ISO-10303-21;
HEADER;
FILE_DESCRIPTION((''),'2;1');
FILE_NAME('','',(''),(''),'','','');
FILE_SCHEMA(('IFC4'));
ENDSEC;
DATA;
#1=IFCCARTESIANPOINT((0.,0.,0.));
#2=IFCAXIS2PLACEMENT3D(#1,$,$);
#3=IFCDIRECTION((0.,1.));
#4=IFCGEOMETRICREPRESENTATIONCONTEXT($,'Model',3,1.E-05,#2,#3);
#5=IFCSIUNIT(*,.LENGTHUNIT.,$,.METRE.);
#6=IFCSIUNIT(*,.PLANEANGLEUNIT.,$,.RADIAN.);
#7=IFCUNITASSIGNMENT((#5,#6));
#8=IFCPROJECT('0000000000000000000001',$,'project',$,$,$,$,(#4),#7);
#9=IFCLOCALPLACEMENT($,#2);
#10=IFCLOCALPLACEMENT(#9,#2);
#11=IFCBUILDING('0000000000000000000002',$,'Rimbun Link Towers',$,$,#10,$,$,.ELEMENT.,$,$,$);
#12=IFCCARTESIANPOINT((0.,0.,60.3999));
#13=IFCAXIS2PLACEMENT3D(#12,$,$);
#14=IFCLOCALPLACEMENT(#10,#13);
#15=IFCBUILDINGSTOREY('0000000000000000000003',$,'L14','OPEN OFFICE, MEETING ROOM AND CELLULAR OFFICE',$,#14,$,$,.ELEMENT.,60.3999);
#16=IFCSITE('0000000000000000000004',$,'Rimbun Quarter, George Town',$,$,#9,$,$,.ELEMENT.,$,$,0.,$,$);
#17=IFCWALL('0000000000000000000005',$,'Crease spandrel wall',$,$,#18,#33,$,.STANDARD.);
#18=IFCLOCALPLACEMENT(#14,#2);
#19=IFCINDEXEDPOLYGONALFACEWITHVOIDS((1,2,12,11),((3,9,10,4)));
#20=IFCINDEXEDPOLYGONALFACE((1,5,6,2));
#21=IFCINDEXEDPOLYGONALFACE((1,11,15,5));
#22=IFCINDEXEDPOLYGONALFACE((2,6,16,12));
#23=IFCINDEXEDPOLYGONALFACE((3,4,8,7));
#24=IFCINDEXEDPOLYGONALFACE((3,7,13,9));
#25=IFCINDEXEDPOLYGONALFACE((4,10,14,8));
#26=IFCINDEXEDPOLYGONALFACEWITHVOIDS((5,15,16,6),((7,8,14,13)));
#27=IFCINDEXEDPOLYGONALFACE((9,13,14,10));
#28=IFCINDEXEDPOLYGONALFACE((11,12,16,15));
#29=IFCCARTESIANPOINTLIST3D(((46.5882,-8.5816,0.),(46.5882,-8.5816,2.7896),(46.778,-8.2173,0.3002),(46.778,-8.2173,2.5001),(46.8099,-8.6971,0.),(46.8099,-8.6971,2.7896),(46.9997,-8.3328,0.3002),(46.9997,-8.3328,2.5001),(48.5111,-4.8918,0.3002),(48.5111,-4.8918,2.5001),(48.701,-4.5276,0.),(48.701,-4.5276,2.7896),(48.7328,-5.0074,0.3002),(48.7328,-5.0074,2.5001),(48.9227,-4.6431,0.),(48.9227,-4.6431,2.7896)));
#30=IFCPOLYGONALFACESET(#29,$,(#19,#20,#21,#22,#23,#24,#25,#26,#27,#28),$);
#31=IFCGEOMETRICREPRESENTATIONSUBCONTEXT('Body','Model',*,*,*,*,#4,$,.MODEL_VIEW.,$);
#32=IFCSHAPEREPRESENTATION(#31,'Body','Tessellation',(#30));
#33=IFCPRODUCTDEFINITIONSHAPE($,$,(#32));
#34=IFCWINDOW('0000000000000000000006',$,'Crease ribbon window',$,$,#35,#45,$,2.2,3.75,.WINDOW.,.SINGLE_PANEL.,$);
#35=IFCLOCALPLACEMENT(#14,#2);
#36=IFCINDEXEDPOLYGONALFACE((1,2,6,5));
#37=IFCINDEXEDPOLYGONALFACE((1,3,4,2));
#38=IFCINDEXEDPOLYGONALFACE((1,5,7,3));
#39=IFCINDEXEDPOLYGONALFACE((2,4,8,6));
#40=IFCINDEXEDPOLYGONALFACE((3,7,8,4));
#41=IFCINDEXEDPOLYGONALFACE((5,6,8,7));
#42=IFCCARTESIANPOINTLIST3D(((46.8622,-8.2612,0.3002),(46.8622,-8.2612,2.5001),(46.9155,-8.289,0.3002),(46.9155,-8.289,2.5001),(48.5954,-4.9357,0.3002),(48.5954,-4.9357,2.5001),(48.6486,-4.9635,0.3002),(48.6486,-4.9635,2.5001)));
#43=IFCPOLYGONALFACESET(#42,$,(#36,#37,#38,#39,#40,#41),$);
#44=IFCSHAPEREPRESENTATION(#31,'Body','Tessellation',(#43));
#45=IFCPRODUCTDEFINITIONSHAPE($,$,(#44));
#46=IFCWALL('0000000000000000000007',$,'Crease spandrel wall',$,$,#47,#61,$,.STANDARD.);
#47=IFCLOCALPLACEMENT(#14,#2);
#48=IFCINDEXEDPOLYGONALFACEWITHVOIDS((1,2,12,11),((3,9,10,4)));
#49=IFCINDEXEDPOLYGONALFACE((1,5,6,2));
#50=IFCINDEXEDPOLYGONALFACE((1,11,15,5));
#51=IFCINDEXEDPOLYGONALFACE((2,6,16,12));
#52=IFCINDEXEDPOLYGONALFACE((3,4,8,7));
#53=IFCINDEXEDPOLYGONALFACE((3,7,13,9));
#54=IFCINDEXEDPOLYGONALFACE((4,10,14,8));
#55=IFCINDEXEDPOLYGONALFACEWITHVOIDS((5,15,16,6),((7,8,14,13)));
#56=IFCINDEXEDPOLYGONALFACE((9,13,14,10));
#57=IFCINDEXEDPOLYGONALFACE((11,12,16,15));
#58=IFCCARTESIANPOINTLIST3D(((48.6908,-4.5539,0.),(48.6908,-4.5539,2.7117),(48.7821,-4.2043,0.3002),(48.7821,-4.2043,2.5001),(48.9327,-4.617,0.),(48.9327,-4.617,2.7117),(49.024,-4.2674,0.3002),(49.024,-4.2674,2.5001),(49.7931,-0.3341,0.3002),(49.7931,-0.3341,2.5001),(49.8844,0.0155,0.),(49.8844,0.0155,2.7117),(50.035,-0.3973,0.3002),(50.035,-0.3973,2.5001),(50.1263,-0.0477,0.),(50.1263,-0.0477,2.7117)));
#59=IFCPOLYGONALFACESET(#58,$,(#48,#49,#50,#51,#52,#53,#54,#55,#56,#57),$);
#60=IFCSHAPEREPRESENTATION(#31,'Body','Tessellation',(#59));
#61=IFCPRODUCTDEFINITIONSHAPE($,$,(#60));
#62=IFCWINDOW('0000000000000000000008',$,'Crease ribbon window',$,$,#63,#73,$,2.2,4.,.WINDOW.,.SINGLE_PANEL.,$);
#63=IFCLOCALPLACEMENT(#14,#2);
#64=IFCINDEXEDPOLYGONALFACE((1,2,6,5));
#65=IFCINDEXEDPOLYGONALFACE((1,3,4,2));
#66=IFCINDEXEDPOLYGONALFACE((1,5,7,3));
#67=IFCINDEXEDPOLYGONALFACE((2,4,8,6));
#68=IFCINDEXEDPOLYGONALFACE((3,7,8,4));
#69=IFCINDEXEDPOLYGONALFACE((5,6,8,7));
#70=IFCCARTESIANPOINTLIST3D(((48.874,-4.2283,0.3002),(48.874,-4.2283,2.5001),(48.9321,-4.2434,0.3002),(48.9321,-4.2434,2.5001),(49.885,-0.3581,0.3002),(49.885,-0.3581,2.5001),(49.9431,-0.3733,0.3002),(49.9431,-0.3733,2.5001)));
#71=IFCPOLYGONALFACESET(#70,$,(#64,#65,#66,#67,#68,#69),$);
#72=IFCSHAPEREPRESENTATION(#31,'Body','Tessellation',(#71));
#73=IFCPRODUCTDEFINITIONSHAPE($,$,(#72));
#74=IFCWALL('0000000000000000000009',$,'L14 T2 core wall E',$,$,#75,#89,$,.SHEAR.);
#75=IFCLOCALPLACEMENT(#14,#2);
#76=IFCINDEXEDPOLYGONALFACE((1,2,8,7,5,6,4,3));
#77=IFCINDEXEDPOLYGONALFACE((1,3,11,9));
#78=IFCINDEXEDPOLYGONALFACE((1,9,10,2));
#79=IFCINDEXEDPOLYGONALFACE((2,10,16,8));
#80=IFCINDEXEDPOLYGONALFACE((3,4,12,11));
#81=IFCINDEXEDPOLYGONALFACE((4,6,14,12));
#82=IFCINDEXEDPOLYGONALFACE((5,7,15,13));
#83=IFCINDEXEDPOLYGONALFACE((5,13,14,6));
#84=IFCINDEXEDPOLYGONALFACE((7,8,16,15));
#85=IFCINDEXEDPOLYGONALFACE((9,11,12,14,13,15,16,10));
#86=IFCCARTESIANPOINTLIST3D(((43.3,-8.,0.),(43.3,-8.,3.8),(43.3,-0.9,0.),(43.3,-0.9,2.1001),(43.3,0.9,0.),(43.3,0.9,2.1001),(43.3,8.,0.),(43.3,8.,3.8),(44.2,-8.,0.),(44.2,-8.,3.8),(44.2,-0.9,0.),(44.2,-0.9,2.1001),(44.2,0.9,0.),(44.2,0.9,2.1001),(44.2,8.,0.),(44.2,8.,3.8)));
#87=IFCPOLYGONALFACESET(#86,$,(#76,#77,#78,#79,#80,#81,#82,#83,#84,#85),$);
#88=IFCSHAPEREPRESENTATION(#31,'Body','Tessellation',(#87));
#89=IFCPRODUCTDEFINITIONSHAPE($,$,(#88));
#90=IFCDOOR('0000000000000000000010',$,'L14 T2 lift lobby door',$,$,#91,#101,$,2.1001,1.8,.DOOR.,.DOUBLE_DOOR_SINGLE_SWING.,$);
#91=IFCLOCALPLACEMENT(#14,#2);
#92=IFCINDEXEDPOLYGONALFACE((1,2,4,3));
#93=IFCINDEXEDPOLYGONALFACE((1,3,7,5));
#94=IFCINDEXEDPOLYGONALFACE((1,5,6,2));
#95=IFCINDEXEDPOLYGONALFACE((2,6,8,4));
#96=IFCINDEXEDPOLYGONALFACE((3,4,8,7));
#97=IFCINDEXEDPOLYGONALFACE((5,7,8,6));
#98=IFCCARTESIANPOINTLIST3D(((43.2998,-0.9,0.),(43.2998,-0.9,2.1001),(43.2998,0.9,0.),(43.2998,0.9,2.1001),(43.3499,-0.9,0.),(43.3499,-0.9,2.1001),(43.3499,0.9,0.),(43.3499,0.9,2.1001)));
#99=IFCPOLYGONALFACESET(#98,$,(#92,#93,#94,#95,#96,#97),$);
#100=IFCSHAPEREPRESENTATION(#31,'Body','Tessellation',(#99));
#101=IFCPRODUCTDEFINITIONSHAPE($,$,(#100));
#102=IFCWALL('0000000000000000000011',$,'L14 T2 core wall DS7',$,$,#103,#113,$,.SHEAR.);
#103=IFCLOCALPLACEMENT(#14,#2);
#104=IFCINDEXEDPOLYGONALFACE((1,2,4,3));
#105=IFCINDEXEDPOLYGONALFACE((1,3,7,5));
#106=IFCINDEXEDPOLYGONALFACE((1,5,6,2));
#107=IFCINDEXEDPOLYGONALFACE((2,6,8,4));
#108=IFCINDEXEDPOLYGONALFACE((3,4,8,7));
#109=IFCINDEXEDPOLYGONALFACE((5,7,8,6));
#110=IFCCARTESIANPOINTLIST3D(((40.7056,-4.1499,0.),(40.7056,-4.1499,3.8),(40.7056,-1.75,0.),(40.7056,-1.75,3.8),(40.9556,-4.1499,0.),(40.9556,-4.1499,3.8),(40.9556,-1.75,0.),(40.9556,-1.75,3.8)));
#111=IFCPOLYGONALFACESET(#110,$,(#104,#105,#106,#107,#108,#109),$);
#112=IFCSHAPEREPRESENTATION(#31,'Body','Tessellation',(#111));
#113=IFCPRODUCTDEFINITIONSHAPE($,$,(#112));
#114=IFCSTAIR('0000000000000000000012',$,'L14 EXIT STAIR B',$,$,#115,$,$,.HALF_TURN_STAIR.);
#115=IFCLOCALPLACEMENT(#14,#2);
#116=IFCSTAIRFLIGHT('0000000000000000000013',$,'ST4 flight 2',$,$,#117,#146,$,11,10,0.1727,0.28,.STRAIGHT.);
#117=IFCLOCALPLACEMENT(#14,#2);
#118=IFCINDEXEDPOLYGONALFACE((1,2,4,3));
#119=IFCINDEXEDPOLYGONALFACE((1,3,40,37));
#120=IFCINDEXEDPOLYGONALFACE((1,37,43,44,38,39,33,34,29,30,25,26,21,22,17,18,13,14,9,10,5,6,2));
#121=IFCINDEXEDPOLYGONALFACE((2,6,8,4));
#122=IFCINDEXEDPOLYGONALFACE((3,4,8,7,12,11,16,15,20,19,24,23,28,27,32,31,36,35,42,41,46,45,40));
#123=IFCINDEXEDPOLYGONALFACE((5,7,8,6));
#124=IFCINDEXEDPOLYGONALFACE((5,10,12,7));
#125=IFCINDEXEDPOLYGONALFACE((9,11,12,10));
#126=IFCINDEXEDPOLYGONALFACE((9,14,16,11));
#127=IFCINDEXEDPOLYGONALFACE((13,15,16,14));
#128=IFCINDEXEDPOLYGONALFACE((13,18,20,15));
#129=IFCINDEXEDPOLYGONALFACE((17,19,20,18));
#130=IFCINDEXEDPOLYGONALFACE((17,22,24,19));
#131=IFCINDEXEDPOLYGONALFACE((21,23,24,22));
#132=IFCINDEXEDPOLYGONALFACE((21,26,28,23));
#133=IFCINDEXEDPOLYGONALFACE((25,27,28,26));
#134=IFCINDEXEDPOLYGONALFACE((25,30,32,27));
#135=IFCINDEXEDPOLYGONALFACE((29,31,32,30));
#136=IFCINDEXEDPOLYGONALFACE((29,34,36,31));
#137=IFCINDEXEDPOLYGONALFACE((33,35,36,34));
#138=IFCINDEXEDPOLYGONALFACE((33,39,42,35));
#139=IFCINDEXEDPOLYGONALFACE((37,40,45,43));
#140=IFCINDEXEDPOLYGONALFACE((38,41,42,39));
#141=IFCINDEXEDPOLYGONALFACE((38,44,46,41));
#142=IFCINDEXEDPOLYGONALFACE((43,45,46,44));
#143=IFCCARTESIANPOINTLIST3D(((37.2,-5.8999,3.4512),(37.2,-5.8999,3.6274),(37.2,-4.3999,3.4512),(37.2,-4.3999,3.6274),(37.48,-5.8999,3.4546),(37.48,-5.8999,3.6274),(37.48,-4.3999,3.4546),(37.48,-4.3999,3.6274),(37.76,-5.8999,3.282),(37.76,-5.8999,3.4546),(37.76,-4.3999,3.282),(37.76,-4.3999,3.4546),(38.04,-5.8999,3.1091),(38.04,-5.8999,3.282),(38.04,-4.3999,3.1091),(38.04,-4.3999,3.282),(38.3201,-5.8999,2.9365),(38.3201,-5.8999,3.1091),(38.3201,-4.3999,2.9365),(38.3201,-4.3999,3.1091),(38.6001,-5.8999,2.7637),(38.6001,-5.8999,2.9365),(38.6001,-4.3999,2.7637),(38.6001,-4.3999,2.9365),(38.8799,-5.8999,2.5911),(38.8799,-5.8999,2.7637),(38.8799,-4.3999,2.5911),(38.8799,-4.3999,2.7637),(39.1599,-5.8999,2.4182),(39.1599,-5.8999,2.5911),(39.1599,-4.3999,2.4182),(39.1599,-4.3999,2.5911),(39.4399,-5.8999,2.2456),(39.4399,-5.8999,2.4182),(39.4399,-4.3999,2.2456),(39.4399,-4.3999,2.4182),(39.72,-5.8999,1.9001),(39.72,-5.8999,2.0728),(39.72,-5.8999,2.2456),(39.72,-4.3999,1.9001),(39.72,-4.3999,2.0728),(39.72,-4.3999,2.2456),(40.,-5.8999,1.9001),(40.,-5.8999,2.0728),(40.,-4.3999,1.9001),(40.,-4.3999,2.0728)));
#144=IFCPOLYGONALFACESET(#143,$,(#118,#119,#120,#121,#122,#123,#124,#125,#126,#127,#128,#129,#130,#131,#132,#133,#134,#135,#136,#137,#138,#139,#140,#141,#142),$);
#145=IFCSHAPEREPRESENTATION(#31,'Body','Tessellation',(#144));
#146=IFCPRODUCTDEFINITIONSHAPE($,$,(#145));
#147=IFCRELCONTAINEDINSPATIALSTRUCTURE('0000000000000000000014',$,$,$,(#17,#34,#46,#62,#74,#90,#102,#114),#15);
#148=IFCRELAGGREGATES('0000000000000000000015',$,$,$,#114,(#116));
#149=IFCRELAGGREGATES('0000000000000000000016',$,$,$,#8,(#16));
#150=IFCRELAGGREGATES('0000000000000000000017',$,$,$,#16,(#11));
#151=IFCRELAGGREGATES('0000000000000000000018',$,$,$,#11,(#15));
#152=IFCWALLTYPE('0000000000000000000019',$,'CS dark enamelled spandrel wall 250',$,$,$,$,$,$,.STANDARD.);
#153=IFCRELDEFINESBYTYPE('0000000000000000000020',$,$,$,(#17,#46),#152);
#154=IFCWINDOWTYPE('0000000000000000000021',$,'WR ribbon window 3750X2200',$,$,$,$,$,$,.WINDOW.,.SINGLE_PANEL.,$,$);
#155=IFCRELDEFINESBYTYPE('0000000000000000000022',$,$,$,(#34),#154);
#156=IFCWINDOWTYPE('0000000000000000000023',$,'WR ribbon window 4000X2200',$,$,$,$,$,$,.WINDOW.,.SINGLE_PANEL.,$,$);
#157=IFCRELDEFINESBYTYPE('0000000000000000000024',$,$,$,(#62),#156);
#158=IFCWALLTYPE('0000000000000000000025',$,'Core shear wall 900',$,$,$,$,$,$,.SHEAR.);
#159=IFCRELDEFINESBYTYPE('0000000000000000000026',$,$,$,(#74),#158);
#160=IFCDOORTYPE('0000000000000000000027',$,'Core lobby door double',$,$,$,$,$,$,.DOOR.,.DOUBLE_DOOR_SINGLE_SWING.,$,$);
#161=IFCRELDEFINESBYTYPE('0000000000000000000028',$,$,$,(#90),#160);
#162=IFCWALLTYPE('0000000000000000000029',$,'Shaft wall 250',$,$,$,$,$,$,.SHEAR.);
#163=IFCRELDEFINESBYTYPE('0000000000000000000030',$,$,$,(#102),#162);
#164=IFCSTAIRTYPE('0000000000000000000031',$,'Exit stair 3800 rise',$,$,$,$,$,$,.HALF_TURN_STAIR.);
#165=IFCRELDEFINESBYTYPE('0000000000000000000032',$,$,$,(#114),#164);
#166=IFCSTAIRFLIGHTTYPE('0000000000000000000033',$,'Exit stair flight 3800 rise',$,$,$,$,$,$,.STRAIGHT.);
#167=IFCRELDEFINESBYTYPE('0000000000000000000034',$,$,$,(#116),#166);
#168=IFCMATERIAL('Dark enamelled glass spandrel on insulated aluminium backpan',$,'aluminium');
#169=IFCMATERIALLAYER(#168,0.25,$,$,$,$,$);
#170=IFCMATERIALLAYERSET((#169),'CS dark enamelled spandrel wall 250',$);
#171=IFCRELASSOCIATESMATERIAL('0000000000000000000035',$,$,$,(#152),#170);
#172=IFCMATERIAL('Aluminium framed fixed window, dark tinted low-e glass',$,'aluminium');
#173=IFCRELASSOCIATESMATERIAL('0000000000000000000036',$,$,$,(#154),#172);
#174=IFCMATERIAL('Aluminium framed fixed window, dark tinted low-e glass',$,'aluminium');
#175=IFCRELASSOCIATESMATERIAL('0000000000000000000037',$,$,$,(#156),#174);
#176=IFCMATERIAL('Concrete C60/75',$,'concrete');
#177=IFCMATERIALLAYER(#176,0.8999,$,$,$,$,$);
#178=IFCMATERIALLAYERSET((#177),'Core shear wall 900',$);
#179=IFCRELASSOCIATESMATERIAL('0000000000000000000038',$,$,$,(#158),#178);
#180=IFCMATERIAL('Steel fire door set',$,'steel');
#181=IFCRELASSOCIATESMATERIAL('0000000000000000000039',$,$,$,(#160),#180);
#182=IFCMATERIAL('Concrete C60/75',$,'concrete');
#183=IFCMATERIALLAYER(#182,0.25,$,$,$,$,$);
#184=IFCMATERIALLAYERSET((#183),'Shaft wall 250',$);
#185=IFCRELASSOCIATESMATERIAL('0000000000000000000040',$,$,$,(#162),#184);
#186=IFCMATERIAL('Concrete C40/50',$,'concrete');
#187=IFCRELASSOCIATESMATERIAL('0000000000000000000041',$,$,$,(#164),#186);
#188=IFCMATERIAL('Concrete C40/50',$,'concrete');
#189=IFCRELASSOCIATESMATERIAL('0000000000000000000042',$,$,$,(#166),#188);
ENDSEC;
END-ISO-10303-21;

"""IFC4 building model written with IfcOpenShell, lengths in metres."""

from ifc_helpers import new_model, si_unit, direction, frame, frame_2d, origin, place, context, subcontext, project, spatial, polyline, rectangle, outline, extrude, material, layer, layer_set, type_object, element, fill, aggregate, save


model = new_model("IFC4")

# Units and contexts
model_context = context("Model", 3, precision=1e-05, world=origin(), true_north=direction((0.0, 1.0)))
body_context = subcontext(model_context, "Body", "Model", "MODEL_VIEW")
ifc_project = project(units=[si_unit("LENGTHUNIT", "METRE"), si_unit("PLANEANGLEUNIT", "RADIAN")], contexts=[model_context])

# Site, building, storey
site_placement = place(None, origin())
site = spatial("IfcSite", under=ifc_project, at=site_placement, Name="Rimbun Quarter, George Town", CompositionType="ELEMENT", RefElevation=0.0)
building_placement = place(site_placement, origin())
building = spatial("IfcBuilding", under=site, at=building_placement, Name="Rimbun Link Towers", CompositionType="ELEMENT")
storey_placement = place(building_placement, frame((0.0, 0.0, 60.3999)))
storey = spatial("IfcBuildingStorey", under=building, at=storey_placement, Name="L14", Description="OPEN OFFICE, MEETING ROOM AND CELLULAR OFFICE", CompositionType="ELEMENT", Elevation=60.3999)

# Walls, openings, windows
ifc_material_1 = material(Name="Dark enamelled glass spandrel on insulated aluminium backpan", Category="aluminium")
ifc_layer_1 = layer(ifc_material_1, 0.25)
ifc_layer_set_1 = layer_set([ifc_layer_1], Name="CS dark enamelled spandrel wall 250")
wall_type_1 = type_object("IfcWallType", Name="CS dark enamelled spandrel wall 250", PredefinedType="STANDARD", material=ifc_layer_set_1)
wall_1_placement = place(storey_placement, frame((48.8118, -4.5854, 0.0), z_axis=(0.0, 0.0, 1.0), x_axis=(-0.462168, -0.886792, 0.0)))
wall_1 = element("IfcWall", 1, at=wall_1_placement, inside=storey, type_object=wall_type_1, Name="Crease spandrel wall", PredefinedType="STANDARD", context=body_context, shape_type="SweptSolid", body=[
    extrude(rectangle(XDim=4.5715, YDim=0.25, at=frame_2d((2.2856, 0.0))), origin(), (0.0, 0.0, 1.0), 2.7896),
])
opening_1_placement = place(wall_1_placement, frame((0.4106, 0.0, 0.3)))
opening_1 = element("IfcOpeningElement", 2, at=opening_1_placement, cuts=wall_1, PredefinedType="OPENING", context=body_context, shape_type="SweptSolid", body=[
    extrude(rectangle(XDim=3.75, YDim=2.2, at=frame_2d((1.875, 1.1001))), frame((0.0, 0.135, 0.0), z_axis=(0.0, -1.0, 0.0), x_axis=(1.0, 0.0, 0.0)), (0.0, 0.0, 1.0), 0.27),
])
ifc_material_2 = material(Name="Aluminium framed fixed window, dark tinted low-e glass", Category="aluminium")
window_type_1 = type_object("IfcWindowType", Name="WR ribbon window 3750X2200", PartitioningType="SINGLE_PANEL", PredefinedType="WINDOW", material=ifc_material_2)
window_1_placement = place(opening_1_placement, origin())
window_1 = element("IfcWindow", 3, at=window_1_placement, inside=storey, type_object=window_type_1, Name="Crease ribbon window", OverallHeight=2.2, OverallWidth=3.75, PartitioningType="SINGLE_PANEL", PredefinedType="WINDOW", context=body_context, shape_type="SweptSolid", body=[
    extrude(rectangle(XDim=3.75, YDim=2.2, at=frame_2d((1.875, 1.1001))), frame((0.0, 0.03, 0.0), z_axis=(0.0, -1.0, 0.0), x_axis=(1.0, 0.0, 0.0)), (0.0, 0.0, 1.0), 0.0601),
])
fill(opening_1, window_1)
wall_2_placement = place(storey_placement, frame((50.0054, -0.0161, 0.0), z_axis=(0.0, 0.0, 1.0), x_axis=(-0.25274, -0.967534, 0.0)))
wall_2 = element("IfcWall", 4, at=wall_2_placement, inside=storey, type_object=wall_type_1, Name="Crease spandrel wall", PredefinedType="STANDARD", context=body_context, shape_type="SweptSolid", body=[
    extrude(rectangle(XDim=4.7227, YDim=0.25, at=frame_2d((2.3613, 0.0))), origin(), (0.0, 0.0, 1.0), 2.7117),
])
opening_2_placement = place(wall_2_placement, frame((0.3613, 0.0, 0.3)))
opening_2 = element("IfcOpeningElement", 5, at=opening_2_placement, cuts=wall_2, PredefinedType="OPENING", context=body_context, shape_type="SweptSolid", body=[
    extrude(rectangle(XDim=4.0, YDim=2.2, at=frame_2d((2.0, 1.1001))), frame((0.0, 0.135, 0.0), z_axis=(0.0, -1.0, 0.0), x_axis=(1.0, 0.0, 0.0)), (0.0, 0.0, 1.0), 0.27),
])
ifc_material_3 = material(Name="Aluminium framed fixed window, dark tinted low-e glass", Category="aluminium")
window_type_2 = type_object("IfcWindowType", Name="WR ribbon window 4000X2200", PartitioningType="SINGLE_PANEL", PredefinedType="WINDOW", material=ifc_material_3)
window_2_placement = place(opening_2_placement, origin())
window_2 = element("IfcWindow", 6, at=window_2_placement, inside=storey, type_object=window_type_2, Name="Crease ribbon window", OverallHeight=2.2, OverallWidth=4.0, PartitioningType="SINGLE_PANEL", PredefinedType="WINDOW", context=body_context, shape_type="SweptSolid", body=[
    extrude(rectangle(XDim=4.0, YDim=2.2, at=frame_2d((2.0, 1.1001))), frame((0.0, 0.03, 0.0), z_axis=(0.0, -1.0, 0.0), x_axis=(1.0, 0.0, 0.0)), (0.0, 0.0, 1.0), 0.0601),
])
fill(opening_2, window_2)

# Wall, opening, door
ifc_material_4 = material(Name="Concrete C60/75", Category="concrete")
ifc_layer_2 = layer(ifc_material_4, 0.8999)
ifc_layer_set_2 = layer_set([ifc_layer_2], Name="Core shear wall 900")
wall_type_2 = type_object("IfcWallType", Name="Core shear wall 900", PredefinedType="SHEAR", material=ifc_layer_set_2)
wall_3_placement = place(storey_placement, frame((43.75, -8.0, 0.0), z_axis=(0.0, 0.0, 1.0), x_axis=(0.0, 1.0, 0.0)))
wall_3 = element("IfcWall", 7, at=wall_3_placement, inside=storey, type_object=wall_type_2, Name="L14 T2 core wall E", PredefinedType="SHEAR", context=body_context, shape_type="SweptSolid", body=[
    extrude(rectangle(XDim=16.0, YDim=0.8999, at=frame_2d((8.0, 0.0))), origin(), (0.0, 0.0, 1.0), 3.8),
])
opening_3_placement = place(wall_3_placement, frame((7.1001, 0.0, 0.0)))
opening_3 = element("IfcOpeningElement", 8, at=opening_3_placement, cuts=wall_3, PredefinedType="OPENING", context=body_context, shape_type="SweptSolid", body=[
    extrude(rectangle(XDim=1.8, YDim=2.1001, at=frame_2d((0.8999, 1.05))), frame((0.0, 0.46, 0.0), z_axis=(0.0, -1.0, 0.0), x_axis=(1.0, 0.0, 0.0)), (0.0, 0.0, 1.0), 0.9199),
])
ifc_material_5 = material(Name="Steel fire door set", Category="steel")
door_type = type_object("IfcDoorType", Name="Core lobby door double", OperationType="DOUBLE_DOOR_SINGLE_SWING", PredefinedType="DOOR", material=ifc_material_5)
door_placement = place(opening_3_placement, origin())
door = element("IfcDoor", 9, at=door_placement, inside=storey, type_object=door_type, Name="L14 T2 lift lobby door", OperationType="DOUBLE_DOOR_SINGLE_SWING", OverallHeight=2.1001, OverallWidth=1.8, PredefinedType="DOOR", context=body_context, shape_type="SweptSolid", body=[
    extrude(rectangle(XDim=1.8, YDim=2.1001, at=frame_2d((0.8999, 1.05))), frame((0.0, 0.4502, 0.0), z_axis=(0.0, -1.0, 0.0), x_axis=(1.0, 0.0, 0.0)), (0.0, 0.0, 1.0), 0.05),
])
fill(opening_3, door)

# Wall
ifc_material_6 = material(Name="Concrete C60/75", Category="concrete")
ifc_layer_3 = layer(ifc_material_6, 0.25)
ifc_layer_set_3 = layer_set([ifc_layer_3], Name="Shaft wall 250")
wall_type_3 = type_object("IfcWallType", Name="Shaft wall 250", PredefinedType="SHEAR", material=ifc_layer_set_3)
wall_4_placement = place(storey_placement, frame((40.8306, -4.1499, 0.0), z_axis=(0.0, 0.0, 1.0), x_axis=(0.0, 1.0, 0.0)))
element("IfcWall", 10, at=wall_4_placement, inside=storey, type_object=wall_type_3, Name="L14 T2 core wall DS7", PredefinedType="SHEAR", context=body_context, shape_type="SweptSolid", body=[
    extrude(rectangle(XDim=2.3999, YDim=0.25, at=frame_2d((1.2, 0.0))), origin(), (0.0, 0.0, 1.0), 3.8),
])

# Stair, stair flight
ifc_material_7 = material(Name="Concrete C40/50", Category="concrete")
stair_type = type_object("IfcStairType", Name="Exit stair 3800 rise", PredefinedType="HALF_TURN_STAIR", material=ifc_material_7)
stair_placement = place(storey_placement, origin())
stair = element("IfcStair", 11, at=stair_placement, inside=storey, type_object=stair_type, Name="L14 EXIT STAIR B", PredefinedType="HALF_TURN_STAIR")
ifc_material_8 = material(Name="Concrete C40/50", Category="concrete")
stair_flight_type = type_object("IfcStairFlightType", Name="Exit stair flight 3800 rise", PredefinedType="STRAIGHT", material=ifc_material_8)
stair_flight_placement = place(storey_placement, frame((40.0, -5.1499, 1.9001), z_axis=(0.0, 0.0, 1.0), x_axis=(-1.0, 0.0, 0.0)))
stair_flight = element("IfcStairFlight", 12, at=stair_flight_placement, type_object=stair_flight_type, Name="ST4 flight 2", NumberOfRisers=11, NumberOfTreads=10, PredefinedType="STRAIGHT", RiserHeight=0.1727, TreadLength=0.28, context=body_context, shape_type="SweptSolid", body=[
    extrude(outline(polyline([(0.0, 0.0), (0.0, 0.1726), (0.28, 0.1726), (0.28, 0.3455), (0.5601, 0.3455), (0.5601, 0.5181), (0.8401, 0.5181), (0.8401, 0.6909), (1.1201, 0.6909), (1.1201, 0.8635), (1.3999, 0.8635), (1.3999, 1.0364), (1.6799, 1.0364), (1.6799, 1.209), (1.96, 1.209), (1.96, 1.3818), (2.24, 1.3818), (2.24, 1.5544), (2.52, 1.5544), (2.52, 1.7273), (2.8, 1.7273), (2.8, 1.8999), (2.8, 1.551), (0.28, 0.0), (0.0, 0.0)])), frame((0.0, 0.75, 0.0), z_axis=(0.0, -1.0, 0.0), x_axis=(1.0, 0.0, 0.0)), (0.0, 0.0, 1.0), 1.5),
])
aggregate(stair, [stair_flight])

save(model, "model.ifc")
